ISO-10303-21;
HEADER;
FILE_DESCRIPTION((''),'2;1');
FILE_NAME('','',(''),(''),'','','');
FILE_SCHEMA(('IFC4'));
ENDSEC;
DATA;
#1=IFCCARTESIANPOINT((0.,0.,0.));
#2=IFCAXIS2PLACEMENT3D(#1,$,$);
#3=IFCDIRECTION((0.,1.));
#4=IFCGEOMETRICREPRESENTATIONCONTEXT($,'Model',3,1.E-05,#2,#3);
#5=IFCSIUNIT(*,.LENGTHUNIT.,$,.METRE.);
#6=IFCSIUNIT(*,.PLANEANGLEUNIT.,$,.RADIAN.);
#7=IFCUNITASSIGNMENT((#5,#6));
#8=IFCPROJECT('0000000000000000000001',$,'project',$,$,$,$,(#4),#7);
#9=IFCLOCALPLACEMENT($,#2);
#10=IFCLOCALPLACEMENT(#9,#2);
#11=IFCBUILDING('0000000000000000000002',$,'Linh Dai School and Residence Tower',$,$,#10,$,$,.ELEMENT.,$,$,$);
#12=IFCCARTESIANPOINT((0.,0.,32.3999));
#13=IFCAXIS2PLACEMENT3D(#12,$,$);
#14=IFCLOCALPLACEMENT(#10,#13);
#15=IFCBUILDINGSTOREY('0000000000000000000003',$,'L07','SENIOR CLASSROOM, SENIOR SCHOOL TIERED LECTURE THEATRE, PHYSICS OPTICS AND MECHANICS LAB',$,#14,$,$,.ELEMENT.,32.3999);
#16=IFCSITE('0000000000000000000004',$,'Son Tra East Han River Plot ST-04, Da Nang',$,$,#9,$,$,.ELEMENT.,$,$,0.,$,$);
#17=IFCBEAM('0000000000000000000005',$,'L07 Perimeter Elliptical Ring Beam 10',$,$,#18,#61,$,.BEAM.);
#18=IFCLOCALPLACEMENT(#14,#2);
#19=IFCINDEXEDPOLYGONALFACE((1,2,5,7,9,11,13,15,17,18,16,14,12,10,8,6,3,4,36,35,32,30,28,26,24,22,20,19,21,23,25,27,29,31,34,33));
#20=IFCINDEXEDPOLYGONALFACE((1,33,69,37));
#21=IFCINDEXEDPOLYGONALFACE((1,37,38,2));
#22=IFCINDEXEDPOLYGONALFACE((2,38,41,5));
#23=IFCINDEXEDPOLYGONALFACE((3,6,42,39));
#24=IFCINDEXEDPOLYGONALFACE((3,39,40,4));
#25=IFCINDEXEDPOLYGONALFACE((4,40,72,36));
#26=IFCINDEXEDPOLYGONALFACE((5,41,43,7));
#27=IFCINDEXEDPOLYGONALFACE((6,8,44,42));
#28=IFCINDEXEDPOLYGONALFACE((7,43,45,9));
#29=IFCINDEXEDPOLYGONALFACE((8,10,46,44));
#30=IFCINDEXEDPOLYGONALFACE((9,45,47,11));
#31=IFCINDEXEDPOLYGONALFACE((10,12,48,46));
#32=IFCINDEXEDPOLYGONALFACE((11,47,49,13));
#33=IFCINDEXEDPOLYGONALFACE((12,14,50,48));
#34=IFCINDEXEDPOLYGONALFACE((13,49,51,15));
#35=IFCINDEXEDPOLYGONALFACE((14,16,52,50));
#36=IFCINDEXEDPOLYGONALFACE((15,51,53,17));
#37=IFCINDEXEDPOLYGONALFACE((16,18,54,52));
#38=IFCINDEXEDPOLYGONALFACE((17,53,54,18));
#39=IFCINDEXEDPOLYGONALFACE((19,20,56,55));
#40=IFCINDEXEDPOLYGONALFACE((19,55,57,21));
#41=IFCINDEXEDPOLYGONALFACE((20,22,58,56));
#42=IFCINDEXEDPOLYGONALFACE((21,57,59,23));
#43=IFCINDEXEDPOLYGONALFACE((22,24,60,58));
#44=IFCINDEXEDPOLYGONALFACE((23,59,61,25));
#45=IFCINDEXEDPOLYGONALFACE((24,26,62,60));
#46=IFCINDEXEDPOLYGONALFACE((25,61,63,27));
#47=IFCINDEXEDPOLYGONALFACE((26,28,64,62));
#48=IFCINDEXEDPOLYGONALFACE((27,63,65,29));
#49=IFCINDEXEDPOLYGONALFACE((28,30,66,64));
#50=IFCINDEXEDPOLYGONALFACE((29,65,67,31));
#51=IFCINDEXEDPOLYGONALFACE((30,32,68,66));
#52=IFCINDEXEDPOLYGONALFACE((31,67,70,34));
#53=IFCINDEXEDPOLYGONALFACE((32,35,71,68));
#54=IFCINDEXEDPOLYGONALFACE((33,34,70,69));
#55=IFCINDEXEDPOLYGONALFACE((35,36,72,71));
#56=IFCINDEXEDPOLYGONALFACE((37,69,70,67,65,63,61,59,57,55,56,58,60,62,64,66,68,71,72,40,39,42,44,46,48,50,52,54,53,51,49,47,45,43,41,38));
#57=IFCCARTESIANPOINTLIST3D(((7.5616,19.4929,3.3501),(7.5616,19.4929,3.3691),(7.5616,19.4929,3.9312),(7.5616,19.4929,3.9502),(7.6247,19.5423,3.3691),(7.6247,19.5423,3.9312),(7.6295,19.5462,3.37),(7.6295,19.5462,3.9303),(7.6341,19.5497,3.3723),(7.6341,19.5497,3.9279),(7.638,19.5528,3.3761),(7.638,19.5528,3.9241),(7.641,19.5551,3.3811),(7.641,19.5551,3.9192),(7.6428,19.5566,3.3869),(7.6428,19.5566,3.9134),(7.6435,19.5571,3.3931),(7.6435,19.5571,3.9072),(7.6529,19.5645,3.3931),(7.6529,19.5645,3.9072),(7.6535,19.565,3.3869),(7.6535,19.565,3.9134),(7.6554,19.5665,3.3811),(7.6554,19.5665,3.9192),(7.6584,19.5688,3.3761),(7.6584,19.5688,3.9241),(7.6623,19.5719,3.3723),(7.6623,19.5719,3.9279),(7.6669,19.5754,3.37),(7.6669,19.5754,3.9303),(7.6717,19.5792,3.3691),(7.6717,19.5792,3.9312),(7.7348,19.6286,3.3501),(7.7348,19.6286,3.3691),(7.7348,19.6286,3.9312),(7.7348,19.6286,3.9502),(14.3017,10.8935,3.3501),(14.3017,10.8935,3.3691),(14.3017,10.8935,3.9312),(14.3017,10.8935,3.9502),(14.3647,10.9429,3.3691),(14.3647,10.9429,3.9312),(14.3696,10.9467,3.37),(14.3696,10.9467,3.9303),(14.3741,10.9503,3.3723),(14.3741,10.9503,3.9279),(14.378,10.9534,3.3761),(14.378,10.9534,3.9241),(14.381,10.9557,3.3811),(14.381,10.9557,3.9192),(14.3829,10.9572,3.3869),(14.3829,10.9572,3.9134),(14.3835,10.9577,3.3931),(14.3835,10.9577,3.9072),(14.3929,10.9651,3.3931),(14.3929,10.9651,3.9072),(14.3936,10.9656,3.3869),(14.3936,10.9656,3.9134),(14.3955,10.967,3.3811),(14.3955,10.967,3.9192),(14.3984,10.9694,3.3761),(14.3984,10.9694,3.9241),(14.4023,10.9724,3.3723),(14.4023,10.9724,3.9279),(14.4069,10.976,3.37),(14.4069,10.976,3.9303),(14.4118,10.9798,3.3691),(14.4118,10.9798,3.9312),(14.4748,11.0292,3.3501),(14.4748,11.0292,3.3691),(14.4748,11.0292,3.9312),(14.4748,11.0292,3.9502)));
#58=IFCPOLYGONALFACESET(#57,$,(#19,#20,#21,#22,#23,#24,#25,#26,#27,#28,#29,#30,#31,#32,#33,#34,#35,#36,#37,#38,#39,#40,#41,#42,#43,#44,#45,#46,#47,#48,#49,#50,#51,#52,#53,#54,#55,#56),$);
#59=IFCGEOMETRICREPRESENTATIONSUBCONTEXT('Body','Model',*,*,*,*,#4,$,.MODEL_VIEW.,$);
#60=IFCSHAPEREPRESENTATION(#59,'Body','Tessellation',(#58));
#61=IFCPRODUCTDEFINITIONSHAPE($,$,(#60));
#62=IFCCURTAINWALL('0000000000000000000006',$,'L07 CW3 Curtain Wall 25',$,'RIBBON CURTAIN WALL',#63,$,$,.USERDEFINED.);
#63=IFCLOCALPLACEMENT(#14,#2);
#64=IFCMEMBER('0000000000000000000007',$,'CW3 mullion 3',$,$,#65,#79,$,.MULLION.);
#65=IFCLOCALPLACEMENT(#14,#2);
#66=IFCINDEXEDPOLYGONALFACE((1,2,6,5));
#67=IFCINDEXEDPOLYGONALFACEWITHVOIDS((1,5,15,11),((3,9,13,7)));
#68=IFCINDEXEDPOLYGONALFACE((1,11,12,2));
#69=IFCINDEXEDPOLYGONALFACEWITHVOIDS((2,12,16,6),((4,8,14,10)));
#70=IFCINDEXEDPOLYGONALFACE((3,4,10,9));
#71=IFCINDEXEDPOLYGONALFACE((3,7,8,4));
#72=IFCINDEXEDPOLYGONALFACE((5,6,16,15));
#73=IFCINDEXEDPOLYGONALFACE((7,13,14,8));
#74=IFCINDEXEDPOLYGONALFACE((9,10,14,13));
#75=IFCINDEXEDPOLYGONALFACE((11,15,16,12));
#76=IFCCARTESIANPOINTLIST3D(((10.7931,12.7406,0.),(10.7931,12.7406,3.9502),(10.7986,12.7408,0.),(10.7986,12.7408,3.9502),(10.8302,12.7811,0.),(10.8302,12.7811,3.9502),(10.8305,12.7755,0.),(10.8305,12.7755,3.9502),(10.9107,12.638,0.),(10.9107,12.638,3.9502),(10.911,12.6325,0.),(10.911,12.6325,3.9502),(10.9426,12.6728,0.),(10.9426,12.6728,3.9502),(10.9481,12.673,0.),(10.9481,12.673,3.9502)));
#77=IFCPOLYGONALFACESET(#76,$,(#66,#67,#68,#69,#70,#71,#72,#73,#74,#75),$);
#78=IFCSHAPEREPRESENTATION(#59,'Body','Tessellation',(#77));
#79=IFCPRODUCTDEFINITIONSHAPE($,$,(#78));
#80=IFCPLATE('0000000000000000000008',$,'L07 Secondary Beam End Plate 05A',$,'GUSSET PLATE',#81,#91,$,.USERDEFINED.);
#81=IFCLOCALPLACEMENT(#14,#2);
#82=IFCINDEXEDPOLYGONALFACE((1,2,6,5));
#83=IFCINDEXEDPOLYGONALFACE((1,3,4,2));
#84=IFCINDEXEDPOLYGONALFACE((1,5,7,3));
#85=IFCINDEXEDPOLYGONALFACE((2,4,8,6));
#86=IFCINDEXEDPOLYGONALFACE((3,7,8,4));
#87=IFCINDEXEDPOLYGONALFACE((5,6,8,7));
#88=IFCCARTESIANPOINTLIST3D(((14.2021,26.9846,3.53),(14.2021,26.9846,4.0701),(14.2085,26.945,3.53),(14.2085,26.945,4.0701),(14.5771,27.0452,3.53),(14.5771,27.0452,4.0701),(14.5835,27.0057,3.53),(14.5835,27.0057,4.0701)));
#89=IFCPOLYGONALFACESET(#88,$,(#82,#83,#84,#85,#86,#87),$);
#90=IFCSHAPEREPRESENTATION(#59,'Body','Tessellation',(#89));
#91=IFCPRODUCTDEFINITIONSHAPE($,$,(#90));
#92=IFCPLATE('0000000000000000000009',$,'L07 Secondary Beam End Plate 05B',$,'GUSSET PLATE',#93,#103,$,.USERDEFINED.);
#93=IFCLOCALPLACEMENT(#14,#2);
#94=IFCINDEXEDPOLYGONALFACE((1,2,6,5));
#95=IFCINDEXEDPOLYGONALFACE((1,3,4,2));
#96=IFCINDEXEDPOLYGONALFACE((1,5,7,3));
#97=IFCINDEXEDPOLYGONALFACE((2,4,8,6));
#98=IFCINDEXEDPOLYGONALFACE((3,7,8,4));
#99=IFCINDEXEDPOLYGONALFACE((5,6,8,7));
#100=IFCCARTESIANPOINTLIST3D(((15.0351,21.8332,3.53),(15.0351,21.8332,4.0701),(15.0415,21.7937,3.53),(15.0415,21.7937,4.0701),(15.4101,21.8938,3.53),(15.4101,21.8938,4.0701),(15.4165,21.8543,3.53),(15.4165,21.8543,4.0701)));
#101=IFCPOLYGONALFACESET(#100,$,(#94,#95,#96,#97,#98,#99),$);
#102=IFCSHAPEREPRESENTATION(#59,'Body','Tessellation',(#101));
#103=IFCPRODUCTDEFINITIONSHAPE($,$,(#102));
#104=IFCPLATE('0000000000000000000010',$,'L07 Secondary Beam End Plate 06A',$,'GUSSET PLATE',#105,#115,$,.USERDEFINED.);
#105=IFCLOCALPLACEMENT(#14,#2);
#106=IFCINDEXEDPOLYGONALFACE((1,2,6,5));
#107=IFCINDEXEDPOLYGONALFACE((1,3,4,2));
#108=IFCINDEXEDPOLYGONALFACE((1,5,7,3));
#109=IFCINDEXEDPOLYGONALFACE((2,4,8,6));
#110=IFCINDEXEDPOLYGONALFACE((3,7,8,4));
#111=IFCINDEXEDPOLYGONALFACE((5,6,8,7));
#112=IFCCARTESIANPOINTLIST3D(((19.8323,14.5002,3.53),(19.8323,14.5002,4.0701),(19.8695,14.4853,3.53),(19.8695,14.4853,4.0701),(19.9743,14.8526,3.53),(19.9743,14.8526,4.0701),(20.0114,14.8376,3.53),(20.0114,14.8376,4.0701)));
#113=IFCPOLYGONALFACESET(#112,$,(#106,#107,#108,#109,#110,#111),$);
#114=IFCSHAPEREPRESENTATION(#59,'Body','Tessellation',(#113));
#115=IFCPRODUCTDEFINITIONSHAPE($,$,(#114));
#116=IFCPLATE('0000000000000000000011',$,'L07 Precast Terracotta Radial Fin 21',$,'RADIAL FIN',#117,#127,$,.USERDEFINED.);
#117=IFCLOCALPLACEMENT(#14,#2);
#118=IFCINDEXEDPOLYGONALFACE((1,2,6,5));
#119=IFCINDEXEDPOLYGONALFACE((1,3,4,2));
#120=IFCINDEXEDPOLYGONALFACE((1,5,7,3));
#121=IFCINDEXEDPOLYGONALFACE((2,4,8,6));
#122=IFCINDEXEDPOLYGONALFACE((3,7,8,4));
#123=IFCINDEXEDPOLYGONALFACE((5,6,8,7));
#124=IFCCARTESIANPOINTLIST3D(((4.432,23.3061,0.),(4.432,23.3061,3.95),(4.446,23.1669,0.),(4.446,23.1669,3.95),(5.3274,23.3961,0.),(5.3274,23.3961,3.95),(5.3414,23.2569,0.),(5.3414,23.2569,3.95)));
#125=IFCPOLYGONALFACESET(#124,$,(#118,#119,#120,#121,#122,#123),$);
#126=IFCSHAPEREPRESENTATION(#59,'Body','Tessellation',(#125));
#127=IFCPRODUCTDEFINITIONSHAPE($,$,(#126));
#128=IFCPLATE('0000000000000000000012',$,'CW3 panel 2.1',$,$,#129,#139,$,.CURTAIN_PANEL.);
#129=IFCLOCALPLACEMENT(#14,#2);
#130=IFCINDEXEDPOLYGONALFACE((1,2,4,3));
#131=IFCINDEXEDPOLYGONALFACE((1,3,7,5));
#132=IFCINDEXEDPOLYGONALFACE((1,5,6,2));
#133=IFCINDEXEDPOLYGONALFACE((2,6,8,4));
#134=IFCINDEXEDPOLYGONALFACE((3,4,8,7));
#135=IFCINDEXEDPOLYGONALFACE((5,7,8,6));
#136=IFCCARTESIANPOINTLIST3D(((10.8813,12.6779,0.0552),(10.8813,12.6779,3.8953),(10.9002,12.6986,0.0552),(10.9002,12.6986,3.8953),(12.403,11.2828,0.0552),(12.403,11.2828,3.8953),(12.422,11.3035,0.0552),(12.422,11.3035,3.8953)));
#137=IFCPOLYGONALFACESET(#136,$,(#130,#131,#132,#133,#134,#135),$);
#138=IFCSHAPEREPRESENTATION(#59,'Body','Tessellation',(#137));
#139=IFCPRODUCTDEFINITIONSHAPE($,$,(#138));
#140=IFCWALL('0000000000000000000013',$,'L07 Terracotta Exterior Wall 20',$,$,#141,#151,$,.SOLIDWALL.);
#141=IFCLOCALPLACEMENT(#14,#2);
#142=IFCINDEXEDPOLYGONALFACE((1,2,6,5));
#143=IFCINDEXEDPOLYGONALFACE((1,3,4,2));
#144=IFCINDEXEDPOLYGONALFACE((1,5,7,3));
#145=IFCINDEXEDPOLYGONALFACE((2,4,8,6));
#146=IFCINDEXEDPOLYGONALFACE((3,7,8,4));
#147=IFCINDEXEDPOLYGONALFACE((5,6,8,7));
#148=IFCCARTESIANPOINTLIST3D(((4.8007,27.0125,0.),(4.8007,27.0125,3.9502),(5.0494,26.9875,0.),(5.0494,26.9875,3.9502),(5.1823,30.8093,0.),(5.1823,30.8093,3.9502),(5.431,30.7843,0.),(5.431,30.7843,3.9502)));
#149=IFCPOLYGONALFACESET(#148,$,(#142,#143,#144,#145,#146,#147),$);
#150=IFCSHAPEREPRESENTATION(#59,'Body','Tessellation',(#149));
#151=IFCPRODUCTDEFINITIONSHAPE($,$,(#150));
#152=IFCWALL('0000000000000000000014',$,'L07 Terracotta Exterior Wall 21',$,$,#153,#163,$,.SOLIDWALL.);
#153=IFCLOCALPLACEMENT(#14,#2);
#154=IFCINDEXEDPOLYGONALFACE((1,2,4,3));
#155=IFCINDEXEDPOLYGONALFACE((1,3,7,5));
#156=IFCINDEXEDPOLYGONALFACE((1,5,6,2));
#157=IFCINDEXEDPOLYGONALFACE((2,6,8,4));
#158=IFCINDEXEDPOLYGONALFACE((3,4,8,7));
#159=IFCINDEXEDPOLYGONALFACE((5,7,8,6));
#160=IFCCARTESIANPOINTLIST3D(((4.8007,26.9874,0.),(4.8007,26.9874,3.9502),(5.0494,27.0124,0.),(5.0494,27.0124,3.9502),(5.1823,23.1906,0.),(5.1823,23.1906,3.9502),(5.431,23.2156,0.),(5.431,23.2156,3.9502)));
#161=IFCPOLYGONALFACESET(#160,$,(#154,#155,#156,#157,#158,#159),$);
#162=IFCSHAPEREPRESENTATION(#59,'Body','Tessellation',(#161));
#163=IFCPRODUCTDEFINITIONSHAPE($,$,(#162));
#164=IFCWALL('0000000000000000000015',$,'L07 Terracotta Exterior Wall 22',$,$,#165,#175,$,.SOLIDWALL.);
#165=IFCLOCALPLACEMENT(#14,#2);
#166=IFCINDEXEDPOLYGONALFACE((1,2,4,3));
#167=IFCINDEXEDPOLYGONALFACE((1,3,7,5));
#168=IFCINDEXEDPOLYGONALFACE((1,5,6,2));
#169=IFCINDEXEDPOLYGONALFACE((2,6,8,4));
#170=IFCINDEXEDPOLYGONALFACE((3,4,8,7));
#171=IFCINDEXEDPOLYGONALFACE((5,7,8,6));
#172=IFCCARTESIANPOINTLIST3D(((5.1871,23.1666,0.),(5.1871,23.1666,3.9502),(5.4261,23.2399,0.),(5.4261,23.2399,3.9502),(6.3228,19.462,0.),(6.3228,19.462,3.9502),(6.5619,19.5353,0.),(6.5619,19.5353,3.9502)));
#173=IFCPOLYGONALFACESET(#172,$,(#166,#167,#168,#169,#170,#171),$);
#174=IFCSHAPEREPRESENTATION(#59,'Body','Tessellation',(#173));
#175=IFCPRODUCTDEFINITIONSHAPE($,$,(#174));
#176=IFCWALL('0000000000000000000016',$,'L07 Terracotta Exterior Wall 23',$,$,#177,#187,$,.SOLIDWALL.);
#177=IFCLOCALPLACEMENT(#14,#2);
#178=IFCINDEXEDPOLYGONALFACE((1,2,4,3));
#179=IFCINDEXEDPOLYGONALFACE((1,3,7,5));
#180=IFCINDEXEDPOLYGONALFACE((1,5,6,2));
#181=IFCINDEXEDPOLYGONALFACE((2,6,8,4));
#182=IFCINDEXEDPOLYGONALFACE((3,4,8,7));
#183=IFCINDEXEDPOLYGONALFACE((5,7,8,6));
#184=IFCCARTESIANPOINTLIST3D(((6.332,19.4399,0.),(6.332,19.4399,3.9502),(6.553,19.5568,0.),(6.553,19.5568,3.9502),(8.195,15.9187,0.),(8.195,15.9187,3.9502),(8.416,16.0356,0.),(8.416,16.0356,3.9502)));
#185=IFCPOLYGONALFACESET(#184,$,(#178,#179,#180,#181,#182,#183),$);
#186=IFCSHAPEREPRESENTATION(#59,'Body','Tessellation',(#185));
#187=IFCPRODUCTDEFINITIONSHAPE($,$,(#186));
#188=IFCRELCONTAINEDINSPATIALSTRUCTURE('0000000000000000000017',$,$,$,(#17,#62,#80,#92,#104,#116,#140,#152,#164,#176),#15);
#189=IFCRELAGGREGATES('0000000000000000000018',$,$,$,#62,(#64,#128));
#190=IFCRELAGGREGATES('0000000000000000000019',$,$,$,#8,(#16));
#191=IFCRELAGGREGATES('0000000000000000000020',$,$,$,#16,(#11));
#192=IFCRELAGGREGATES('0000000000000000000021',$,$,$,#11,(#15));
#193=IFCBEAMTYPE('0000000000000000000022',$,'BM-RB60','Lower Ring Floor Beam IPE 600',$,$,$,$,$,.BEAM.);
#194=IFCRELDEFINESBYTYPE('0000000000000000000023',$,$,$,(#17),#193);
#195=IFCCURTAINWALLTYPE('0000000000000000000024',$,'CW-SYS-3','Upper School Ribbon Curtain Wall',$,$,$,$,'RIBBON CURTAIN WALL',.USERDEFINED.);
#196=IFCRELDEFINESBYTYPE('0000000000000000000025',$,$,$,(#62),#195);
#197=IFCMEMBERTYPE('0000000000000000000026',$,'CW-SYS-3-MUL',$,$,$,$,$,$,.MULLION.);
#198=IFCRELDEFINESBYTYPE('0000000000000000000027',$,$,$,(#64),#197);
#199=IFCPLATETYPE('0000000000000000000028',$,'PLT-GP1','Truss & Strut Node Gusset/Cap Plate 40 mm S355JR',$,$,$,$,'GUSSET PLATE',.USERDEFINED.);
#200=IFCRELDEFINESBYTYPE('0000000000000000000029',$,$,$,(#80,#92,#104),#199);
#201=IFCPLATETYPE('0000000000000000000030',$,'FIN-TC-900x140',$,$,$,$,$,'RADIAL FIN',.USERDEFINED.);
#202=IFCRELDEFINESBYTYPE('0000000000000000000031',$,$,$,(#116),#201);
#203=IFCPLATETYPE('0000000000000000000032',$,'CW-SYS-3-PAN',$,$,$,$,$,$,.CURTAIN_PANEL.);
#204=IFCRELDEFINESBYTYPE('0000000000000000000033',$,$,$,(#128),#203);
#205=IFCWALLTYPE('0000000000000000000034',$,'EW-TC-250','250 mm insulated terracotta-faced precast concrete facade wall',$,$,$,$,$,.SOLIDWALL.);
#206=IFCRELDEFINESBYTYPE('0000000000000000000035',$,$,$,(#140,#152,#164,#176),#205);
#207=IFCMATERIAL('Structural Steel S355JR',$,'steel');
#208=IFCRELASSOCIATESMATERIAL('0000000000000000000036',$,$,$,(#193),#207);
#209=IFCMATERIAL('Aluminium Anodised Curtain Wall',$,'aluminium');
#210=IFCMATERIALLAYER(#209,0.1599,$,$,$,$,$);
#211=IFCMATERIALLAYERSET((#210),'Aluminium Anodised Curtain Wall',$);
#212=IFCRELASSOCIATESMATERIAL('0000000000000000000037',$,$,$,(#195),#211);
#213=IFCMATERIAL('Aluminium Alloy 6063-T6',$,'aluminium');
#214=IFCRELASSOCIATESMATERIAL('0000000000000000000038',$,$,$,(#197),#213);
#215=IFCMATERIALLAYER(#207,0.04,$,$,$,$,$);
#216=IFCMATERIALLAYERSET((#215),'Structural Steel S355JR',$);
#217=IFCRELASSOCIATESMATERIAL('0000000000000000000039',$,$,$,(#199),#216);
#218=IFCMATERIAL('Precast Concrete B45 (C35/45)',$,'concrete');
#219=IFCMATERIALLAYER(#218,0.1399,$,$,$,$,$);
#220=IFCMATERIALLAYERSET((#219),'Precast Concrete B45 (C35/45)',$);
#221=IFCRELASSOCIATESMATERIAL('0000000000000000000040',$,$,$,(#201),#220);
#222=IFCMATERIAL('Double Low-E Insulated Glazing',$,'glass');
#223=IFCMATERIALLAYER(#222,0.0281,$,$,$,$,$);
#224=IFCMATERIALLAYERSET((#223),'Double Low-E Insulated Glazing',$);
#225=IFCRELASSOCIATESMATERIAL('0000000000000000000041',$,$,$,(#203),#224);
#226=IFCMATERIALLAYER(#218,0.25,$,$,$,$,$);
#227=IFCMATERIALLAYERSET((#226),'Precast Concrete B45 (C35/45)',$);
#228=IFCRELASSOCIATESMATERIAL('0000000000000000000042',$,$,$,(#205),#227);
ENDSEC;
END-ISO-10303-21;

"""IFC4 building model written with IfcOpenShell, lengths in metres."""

from ifc_helpers import new_model, si_unit, direction, frame, frame_2d, origin, origin_2d, place, context, subcontext, project, spatial, rectangle, hollow_rectangle, i_section, extrude, source, transform, mapped, material, layer, layer_set, material_profile, profile_set, type_object, element, aggregate, save


model = new_model("IFC4")

# Units and contexts
model_context = context("Model", 3, precision=1e-05, world=origin(), true_north=direction((0.0, 1.0)))
body_context = subcontext(model_context, "Body", "Model", "MODEL_VIEW")
ifc_project = project(units=[si_unit("LENGTHUNIT", "METRE"), si_unit("PLANEANGLEUNIT", "RADIAN")], contexts=[model_context])

# Site, building, storey
site_placement = place(None, origin())
site = spatial("IfcSite", under=ifc_project, at=site_placement, Name="Son Tra East Han River Plot ST-04, Da Nang", CompositionType="ELEMENT", RefElevation=0.0)
building_placement = place(site_placement, origin())
building = spatial("IfcBuilding", under=site, at=building_placement, Name="Linh Dai School and Residence Tower", CompositionType="ELEMENT")
storey_placement = place(building_placement, frame((0.0, 0.0, 32.3999)))
storey = spatial("IfcBuildingStorey", under=building, at=storey_placement, Name="L07", Description="SENIOR CLASSROOM, SENIOR SCHOOL TIERED LECTURE THEATRE, PHYSICS OPTICS AND MECHANICS LAB", CompositionType="ELEMENT", Elevation=32.3999)

# Shared definitions
ifc_material_1 = material(Name="Structural Steel S355JR", Category="steel")

# Beam
ifc_material_profile_1 = material_profile(ifc_material_1, i_section(OverallWidth=0.22, OverallDepth=0.6001, WebThickness=0.012, FlangeThickness=0.019, FilletRadius=0.0239, at=origin_2d()), Name="IPE 600")
ifc_profile_set_1 = profile_set([ifc_material_profile_1], Name="Structural Steel S355JR")
beam_type_1 = type_object("IfcBeamType", Name="BM-RB60", Description="Lower Ring Floor Beam IPE 600", PredefinedType="BEAM", material=ifc_profile_set_1)
beam_1_placement = place(storey_placement, frame((7.6482, 19.5608, 3.6501), z_axis=(0.616879, -0.787058, 0.0), x_axis=(0.787058, 0.616879, 0.0)))
element("IfcBeam", 1, at=beam_1_placement, inside=storey, type_object=beam_type_1, Name="L07 Perimeter Elliptical Ring Beam 10", PredefinedType="BEAM", context=body_context, shape_type="SweptSolid", body=[
    extrude(i_section(OverallWidth=0.22, OverallDepth=0.6001, WebThickness=0.012, FlangeThickness=0.019, FilletRadius=0.0239, at=origin_2d()), origin(), (0.0, 0.0, 1.0), 10.926),
])

# Curtain wall, member
ifc_material_2 = material(Name="Aluminium Anodised Curtain Wall", Category="aluminium")
ifc_layer_1 = layer(ifc_material_2, 0.1599)
ifc_layer_set_1 = layer_set([ifc_layer_1], Name="Aluminium Anodised Curtain Wall")
curtain_wall_type = type_object("IfcCurtainWallType", Name="CW-SYS-3", Description="Upper School Ribbon Curtain Wall", ElementType="RIBBON CURTAIN WALL", PredefinedType="USERDEFINED", material=ifc_layer_set_1)
curtain_wall_placement = place(storey_placement, origin())
curtain_wall = element("IfcCurtainWall", 2, at=curtain_wall_placement, inside=storey, type_object=curtain_wall_type, Name="L07 CW3 Curtain Wall 25", ObjectType="RIBBON CURTAIN WALL", PredefinedType="USERDEFINED")
ifc_material_3 = material(Name="Aluminium Alloy 6063-T6", Category="aluminium")
ifc_material_profile_2 = material_profile(ifc_material_3, hollow_rectangle(XDim=0.0549, YDim=0.1599, WallThickness=0.0039, at=origin_2d()), Name="RHS 160x55x4")
ifc_profile_set_2 = profile_set([ifc_material_profile_2], Name="Aluminium Alloy 6063-T6")
member_type = type_object("IfcMemberType", Name="CW-SYS-3-MUL", PredefinedType="MULLION", material=ifc_profile_set_2)
shared_shape_1 = source(origin(), body_context, "Body", "SweptSolid", [
    extrude(hollow_rectangle(XDim=0.0549, YDim=0.1599, WallThickness=0.0039, at=origin_2d()), origin(), (0.0, 0.0, 1.0), 3.9502),
])
member_placement = place(storey_placement, frame((10.8706, 12.7068, 0.0), z_axis=(0.0, 0.0, 1.0), x_axis=(-0.675769, -0.737113, 0.0)))
member = element("IfcMember", 3, at=member_placement, type_object=member_type, Name="CW3 mullion 3", PredefinedType="MULLION", context=body_context, shape_type="MappedRepresentation", body=[
    mapped(shared_shape_1, transform((0.0, 0.0, 0.0), x_axis=(1.0, 0.0, 0.0), y_axis=(0.0, 1.0, 0.0), z_axis=(0.0, 0.0, 1.0), scale=1.0)),
])

# Plates
ifc_layer_2 = layer(ifc_material_1, 0.04)
ifc_layer_set_2 = layer_set([ifc_layer_2], Name="Structural Steel S355JR")
plate_type_1 = type_object("IfcPlateType", Name="PLT-GP1", Description="Truss & Strut Node Gusset/Cap Plate 40 mm S355JR", ElementType="GUSSET PLATE", PredefinedType="USERDEFINED", material=ifc_layer_set_2)
shared_shape_2 = source(origin(), body_context, "Body", "SweptSolid", [
    extrude(rectangle(XDim=0.04, YDim=0.3799, at=origin_2d()), origin(), (0.0, 0.0, 1.0), 0.54),
])
for number, where, z_axis, x_axis, name in (
    (4, (14.3928, 26.9951, 3.53), (0.0, 0.0, 1.0), (0.159659, -0.987172, 0.0), "L07 Secondary Beam End Plate 05A"),
    (5, (15.2258, 21.8438, 3.53), (0.0, 0.0, 1.0), (0.159659, -0.987172, 0.0), "L07 Secondary Beam End Plate 05B"),
    (6, (19.9219, 14.6689, 3.53), (0.0, 0.0, 1.0), (0.927536, -0.373733, 0.0), "L07 Secondary Beam End Plate 06A"),
):
    element("IfcPlate", number, at=place(storey_placement, frame(where, z_axis=z_axis, x_axis=x_axis)), inside=storey, type_object=plate_type_1, Name=name, ObjectType="GUSSET PLATE", PredefinedType="USERDEFINED", context=body_context, shape_type="MappedRepresentation", body=[
        mapped(shared_shape_2, transform((0.0, 0.0, 0.0), x_axis=(1.0, 0.0, 0.0), y_axis=(0.0, 1.0, 0.0), z_axis=(0.0, 0.0, 1.0), scale=1.0)),
    ])
ifc_material_4 = material(Name="Precast Concrete B45 (C35/45)", Category="concrete")
ifc_layer_3 = layer(ifc_material_4, 0.1399)
ifc_layer_set_3 = layer_set([ifc_layer_3], Name="Precast Concrete B45 (C35/45)")
plate_type_2 = type_object("IfcPlateType", Name="FIN-TC-900x140", ElementType="RADIAL FIN", PredefinedType="USERDEFINED", material=ifc_layer_set_3)
shared_shape_3 = source(origin(), body_context, "Body", "SweptSolid", [
    extrude(rectangle(XDim=0.8999, YDim=0.1399, at=origin_2d()), origin(), (0.0, 0.0, 1.0), 3.95),
])
plate_1_placement = place(storey_placement, frame((4.8867, 23.2815, 0.0), z_axis=(0.0, 0.0, 1.0), x_axis=(-0.994986, -0.100009, 0.0)))
element("IfcPlate", 7, at=plate_1_placement, inside=storey, type_object=plate_type_2, Name="L07 Precast Terracotta Radial Fin 21", ObjectType="RADIAL FIN", PredefinedType="USERDEFINED", context=body_context, shape_type="MappedRepresentation", body=[
    mapped(shared_shape_3, transform((0.0, 0.0, 0.0), x_axis=(1.0, 0.0, 0.0), y_axis=(0.0, 1.0, 0.0), z_axis=(0.0, 0.0, 1.0), scale=1.0)),
])

# Plate
ifc_material_5 = material(Name="Double Low-E Insulated Glazing", Category="glass")
ifc_layer_4 = layer(ifc_material_5, 0.0281)
ifc_layer_set_4 = layer_set([ifc_layer_4], Name="Double Low-E Insulated Glazing")
plate_type_3 = type_object("IfcPlateType", Name="CW-SYS-3-PAN", PredefinedType="CURTAIN_PANEL", material=ifc_layer_set_4)
shared_shape_4 = source(origin(), body_context, "Body", "SweptSolid", [
    extrude(rectangle(XDim=2.0645, YDim=0.0281, at=origin_2d()), origin(), (0.0, 0.0, 1.0), 3.8401),
])
plate_2_placement = place(storey_placement, frame((11.6516, 11.9907, 0.0552), z_axis=(0.0, 0.0, 1.0), x_axis=(-0.737113, 0.675769, 0.0)))
plate_2 = element("IfcPlate", 8, at=plate_2_placement, type_object=plate_type_3, Name="CW3 panel 2.1", PredefinedType="CURTAIN_PANEL", context=body_context, shape_type="MappedRepresentation", body=[
    mapped(shared_shape_4, transform((0.0, 0.0, 0.0), x_axis=(1.0, 0.0, 0.0), y_axis=(0.0, 1.0, 0.0), z_axis=(0.0, 0.0, 1.0), scale=1.0)),
])
aggregate(curtain_wall, [member, plate_2])

# Walls
ifc_layer_5 = layer(ifc_material_4, 0.25)
ifc_layer_set_5 = layer_set([ifc_layer_5], Name="Precast Concrete B45 (C35/45)")
wall_type_1 = type_object("IfcWallType", Name="EW-TC-250", Description="250 mm insulated terracotta-faced precast concrete facade wall", PredefinedType="SOLIDWALL", material=ifc_layer_set_5)
for number, where, z_axis, x_axis, name in (
    (9, (4.925, 27.0, 0.0), (0.0, 0.0, 1.0), (0.099998, 0.994988, 0.0), "L07 Terracotta Exterior Wall 20"),
    (10, (5.3066, 23.2031, 0.0), (0.0, 0.0, 1.0), (-0.099998, 0.994988, 0.0), "L07 Terracotta Exterior Wall 21"),
):
    element("IfcWall", number, at=place(storey_placement, frame(where, z_axis=z_axis, x_axis=x_axis)), inside=storey, type_object=wall_type_1, Name=name, PredefinedType="SOLIDWALL", context=body_context, shape_type="SweptSolid", body=[
        extrude(rectangle(XDim=3.8159, YDim=0.25, at=frame_2d((1.908, 0.0))), origin(), (0.0, 0.0, 1.0), 3.9502),
    ])
wall_1_placement = place(storey_placement, frame((6.4424, 19.4985, 0.0), z_axis=(0.0, 0.0, 1.0), x_axis=(-0.293112, 0.956078, 0.0)))
element("IfcWall", 11, at=wall_1_placement, inside=storey, type_object=wall_type_1, Name="L07 Terracotta Exterior Wall 22", PredefinedType="SOLIDWALL", context=body_context, shape_type="SweptSolid", body=[
    extrude(rectangle(XDim=3.8748, YDim=0.25, at=frame_2d((1.9375, 0.0))), origin(), (0.0, 0.0, 1.0), 3.9502),
])
wall_2_placement = place(storey_placement, frame((8.3054, 15.9773, 0.0), z_axis=(0.0, 0.0, 1.0), x_axis=(-0.467662, 0.883907, 0.0)))
element("IfcWall", 12, at=wall_2_placement, inside=storey, type_object=wall_type_1, Name="L07 Terracotta Exterior Wall 23", PredefinedType="SOLIDWALL", context=body_context, shape_type="SweptSolid", body=[
    extrude(rectangle(XDim=3.9836, YDim=0.25, at=frame_2d((1.9917, 0.0))), origin(), (0.0, 0.0, 1.0), 3.9502),
])

save(model, "model.ifc")
